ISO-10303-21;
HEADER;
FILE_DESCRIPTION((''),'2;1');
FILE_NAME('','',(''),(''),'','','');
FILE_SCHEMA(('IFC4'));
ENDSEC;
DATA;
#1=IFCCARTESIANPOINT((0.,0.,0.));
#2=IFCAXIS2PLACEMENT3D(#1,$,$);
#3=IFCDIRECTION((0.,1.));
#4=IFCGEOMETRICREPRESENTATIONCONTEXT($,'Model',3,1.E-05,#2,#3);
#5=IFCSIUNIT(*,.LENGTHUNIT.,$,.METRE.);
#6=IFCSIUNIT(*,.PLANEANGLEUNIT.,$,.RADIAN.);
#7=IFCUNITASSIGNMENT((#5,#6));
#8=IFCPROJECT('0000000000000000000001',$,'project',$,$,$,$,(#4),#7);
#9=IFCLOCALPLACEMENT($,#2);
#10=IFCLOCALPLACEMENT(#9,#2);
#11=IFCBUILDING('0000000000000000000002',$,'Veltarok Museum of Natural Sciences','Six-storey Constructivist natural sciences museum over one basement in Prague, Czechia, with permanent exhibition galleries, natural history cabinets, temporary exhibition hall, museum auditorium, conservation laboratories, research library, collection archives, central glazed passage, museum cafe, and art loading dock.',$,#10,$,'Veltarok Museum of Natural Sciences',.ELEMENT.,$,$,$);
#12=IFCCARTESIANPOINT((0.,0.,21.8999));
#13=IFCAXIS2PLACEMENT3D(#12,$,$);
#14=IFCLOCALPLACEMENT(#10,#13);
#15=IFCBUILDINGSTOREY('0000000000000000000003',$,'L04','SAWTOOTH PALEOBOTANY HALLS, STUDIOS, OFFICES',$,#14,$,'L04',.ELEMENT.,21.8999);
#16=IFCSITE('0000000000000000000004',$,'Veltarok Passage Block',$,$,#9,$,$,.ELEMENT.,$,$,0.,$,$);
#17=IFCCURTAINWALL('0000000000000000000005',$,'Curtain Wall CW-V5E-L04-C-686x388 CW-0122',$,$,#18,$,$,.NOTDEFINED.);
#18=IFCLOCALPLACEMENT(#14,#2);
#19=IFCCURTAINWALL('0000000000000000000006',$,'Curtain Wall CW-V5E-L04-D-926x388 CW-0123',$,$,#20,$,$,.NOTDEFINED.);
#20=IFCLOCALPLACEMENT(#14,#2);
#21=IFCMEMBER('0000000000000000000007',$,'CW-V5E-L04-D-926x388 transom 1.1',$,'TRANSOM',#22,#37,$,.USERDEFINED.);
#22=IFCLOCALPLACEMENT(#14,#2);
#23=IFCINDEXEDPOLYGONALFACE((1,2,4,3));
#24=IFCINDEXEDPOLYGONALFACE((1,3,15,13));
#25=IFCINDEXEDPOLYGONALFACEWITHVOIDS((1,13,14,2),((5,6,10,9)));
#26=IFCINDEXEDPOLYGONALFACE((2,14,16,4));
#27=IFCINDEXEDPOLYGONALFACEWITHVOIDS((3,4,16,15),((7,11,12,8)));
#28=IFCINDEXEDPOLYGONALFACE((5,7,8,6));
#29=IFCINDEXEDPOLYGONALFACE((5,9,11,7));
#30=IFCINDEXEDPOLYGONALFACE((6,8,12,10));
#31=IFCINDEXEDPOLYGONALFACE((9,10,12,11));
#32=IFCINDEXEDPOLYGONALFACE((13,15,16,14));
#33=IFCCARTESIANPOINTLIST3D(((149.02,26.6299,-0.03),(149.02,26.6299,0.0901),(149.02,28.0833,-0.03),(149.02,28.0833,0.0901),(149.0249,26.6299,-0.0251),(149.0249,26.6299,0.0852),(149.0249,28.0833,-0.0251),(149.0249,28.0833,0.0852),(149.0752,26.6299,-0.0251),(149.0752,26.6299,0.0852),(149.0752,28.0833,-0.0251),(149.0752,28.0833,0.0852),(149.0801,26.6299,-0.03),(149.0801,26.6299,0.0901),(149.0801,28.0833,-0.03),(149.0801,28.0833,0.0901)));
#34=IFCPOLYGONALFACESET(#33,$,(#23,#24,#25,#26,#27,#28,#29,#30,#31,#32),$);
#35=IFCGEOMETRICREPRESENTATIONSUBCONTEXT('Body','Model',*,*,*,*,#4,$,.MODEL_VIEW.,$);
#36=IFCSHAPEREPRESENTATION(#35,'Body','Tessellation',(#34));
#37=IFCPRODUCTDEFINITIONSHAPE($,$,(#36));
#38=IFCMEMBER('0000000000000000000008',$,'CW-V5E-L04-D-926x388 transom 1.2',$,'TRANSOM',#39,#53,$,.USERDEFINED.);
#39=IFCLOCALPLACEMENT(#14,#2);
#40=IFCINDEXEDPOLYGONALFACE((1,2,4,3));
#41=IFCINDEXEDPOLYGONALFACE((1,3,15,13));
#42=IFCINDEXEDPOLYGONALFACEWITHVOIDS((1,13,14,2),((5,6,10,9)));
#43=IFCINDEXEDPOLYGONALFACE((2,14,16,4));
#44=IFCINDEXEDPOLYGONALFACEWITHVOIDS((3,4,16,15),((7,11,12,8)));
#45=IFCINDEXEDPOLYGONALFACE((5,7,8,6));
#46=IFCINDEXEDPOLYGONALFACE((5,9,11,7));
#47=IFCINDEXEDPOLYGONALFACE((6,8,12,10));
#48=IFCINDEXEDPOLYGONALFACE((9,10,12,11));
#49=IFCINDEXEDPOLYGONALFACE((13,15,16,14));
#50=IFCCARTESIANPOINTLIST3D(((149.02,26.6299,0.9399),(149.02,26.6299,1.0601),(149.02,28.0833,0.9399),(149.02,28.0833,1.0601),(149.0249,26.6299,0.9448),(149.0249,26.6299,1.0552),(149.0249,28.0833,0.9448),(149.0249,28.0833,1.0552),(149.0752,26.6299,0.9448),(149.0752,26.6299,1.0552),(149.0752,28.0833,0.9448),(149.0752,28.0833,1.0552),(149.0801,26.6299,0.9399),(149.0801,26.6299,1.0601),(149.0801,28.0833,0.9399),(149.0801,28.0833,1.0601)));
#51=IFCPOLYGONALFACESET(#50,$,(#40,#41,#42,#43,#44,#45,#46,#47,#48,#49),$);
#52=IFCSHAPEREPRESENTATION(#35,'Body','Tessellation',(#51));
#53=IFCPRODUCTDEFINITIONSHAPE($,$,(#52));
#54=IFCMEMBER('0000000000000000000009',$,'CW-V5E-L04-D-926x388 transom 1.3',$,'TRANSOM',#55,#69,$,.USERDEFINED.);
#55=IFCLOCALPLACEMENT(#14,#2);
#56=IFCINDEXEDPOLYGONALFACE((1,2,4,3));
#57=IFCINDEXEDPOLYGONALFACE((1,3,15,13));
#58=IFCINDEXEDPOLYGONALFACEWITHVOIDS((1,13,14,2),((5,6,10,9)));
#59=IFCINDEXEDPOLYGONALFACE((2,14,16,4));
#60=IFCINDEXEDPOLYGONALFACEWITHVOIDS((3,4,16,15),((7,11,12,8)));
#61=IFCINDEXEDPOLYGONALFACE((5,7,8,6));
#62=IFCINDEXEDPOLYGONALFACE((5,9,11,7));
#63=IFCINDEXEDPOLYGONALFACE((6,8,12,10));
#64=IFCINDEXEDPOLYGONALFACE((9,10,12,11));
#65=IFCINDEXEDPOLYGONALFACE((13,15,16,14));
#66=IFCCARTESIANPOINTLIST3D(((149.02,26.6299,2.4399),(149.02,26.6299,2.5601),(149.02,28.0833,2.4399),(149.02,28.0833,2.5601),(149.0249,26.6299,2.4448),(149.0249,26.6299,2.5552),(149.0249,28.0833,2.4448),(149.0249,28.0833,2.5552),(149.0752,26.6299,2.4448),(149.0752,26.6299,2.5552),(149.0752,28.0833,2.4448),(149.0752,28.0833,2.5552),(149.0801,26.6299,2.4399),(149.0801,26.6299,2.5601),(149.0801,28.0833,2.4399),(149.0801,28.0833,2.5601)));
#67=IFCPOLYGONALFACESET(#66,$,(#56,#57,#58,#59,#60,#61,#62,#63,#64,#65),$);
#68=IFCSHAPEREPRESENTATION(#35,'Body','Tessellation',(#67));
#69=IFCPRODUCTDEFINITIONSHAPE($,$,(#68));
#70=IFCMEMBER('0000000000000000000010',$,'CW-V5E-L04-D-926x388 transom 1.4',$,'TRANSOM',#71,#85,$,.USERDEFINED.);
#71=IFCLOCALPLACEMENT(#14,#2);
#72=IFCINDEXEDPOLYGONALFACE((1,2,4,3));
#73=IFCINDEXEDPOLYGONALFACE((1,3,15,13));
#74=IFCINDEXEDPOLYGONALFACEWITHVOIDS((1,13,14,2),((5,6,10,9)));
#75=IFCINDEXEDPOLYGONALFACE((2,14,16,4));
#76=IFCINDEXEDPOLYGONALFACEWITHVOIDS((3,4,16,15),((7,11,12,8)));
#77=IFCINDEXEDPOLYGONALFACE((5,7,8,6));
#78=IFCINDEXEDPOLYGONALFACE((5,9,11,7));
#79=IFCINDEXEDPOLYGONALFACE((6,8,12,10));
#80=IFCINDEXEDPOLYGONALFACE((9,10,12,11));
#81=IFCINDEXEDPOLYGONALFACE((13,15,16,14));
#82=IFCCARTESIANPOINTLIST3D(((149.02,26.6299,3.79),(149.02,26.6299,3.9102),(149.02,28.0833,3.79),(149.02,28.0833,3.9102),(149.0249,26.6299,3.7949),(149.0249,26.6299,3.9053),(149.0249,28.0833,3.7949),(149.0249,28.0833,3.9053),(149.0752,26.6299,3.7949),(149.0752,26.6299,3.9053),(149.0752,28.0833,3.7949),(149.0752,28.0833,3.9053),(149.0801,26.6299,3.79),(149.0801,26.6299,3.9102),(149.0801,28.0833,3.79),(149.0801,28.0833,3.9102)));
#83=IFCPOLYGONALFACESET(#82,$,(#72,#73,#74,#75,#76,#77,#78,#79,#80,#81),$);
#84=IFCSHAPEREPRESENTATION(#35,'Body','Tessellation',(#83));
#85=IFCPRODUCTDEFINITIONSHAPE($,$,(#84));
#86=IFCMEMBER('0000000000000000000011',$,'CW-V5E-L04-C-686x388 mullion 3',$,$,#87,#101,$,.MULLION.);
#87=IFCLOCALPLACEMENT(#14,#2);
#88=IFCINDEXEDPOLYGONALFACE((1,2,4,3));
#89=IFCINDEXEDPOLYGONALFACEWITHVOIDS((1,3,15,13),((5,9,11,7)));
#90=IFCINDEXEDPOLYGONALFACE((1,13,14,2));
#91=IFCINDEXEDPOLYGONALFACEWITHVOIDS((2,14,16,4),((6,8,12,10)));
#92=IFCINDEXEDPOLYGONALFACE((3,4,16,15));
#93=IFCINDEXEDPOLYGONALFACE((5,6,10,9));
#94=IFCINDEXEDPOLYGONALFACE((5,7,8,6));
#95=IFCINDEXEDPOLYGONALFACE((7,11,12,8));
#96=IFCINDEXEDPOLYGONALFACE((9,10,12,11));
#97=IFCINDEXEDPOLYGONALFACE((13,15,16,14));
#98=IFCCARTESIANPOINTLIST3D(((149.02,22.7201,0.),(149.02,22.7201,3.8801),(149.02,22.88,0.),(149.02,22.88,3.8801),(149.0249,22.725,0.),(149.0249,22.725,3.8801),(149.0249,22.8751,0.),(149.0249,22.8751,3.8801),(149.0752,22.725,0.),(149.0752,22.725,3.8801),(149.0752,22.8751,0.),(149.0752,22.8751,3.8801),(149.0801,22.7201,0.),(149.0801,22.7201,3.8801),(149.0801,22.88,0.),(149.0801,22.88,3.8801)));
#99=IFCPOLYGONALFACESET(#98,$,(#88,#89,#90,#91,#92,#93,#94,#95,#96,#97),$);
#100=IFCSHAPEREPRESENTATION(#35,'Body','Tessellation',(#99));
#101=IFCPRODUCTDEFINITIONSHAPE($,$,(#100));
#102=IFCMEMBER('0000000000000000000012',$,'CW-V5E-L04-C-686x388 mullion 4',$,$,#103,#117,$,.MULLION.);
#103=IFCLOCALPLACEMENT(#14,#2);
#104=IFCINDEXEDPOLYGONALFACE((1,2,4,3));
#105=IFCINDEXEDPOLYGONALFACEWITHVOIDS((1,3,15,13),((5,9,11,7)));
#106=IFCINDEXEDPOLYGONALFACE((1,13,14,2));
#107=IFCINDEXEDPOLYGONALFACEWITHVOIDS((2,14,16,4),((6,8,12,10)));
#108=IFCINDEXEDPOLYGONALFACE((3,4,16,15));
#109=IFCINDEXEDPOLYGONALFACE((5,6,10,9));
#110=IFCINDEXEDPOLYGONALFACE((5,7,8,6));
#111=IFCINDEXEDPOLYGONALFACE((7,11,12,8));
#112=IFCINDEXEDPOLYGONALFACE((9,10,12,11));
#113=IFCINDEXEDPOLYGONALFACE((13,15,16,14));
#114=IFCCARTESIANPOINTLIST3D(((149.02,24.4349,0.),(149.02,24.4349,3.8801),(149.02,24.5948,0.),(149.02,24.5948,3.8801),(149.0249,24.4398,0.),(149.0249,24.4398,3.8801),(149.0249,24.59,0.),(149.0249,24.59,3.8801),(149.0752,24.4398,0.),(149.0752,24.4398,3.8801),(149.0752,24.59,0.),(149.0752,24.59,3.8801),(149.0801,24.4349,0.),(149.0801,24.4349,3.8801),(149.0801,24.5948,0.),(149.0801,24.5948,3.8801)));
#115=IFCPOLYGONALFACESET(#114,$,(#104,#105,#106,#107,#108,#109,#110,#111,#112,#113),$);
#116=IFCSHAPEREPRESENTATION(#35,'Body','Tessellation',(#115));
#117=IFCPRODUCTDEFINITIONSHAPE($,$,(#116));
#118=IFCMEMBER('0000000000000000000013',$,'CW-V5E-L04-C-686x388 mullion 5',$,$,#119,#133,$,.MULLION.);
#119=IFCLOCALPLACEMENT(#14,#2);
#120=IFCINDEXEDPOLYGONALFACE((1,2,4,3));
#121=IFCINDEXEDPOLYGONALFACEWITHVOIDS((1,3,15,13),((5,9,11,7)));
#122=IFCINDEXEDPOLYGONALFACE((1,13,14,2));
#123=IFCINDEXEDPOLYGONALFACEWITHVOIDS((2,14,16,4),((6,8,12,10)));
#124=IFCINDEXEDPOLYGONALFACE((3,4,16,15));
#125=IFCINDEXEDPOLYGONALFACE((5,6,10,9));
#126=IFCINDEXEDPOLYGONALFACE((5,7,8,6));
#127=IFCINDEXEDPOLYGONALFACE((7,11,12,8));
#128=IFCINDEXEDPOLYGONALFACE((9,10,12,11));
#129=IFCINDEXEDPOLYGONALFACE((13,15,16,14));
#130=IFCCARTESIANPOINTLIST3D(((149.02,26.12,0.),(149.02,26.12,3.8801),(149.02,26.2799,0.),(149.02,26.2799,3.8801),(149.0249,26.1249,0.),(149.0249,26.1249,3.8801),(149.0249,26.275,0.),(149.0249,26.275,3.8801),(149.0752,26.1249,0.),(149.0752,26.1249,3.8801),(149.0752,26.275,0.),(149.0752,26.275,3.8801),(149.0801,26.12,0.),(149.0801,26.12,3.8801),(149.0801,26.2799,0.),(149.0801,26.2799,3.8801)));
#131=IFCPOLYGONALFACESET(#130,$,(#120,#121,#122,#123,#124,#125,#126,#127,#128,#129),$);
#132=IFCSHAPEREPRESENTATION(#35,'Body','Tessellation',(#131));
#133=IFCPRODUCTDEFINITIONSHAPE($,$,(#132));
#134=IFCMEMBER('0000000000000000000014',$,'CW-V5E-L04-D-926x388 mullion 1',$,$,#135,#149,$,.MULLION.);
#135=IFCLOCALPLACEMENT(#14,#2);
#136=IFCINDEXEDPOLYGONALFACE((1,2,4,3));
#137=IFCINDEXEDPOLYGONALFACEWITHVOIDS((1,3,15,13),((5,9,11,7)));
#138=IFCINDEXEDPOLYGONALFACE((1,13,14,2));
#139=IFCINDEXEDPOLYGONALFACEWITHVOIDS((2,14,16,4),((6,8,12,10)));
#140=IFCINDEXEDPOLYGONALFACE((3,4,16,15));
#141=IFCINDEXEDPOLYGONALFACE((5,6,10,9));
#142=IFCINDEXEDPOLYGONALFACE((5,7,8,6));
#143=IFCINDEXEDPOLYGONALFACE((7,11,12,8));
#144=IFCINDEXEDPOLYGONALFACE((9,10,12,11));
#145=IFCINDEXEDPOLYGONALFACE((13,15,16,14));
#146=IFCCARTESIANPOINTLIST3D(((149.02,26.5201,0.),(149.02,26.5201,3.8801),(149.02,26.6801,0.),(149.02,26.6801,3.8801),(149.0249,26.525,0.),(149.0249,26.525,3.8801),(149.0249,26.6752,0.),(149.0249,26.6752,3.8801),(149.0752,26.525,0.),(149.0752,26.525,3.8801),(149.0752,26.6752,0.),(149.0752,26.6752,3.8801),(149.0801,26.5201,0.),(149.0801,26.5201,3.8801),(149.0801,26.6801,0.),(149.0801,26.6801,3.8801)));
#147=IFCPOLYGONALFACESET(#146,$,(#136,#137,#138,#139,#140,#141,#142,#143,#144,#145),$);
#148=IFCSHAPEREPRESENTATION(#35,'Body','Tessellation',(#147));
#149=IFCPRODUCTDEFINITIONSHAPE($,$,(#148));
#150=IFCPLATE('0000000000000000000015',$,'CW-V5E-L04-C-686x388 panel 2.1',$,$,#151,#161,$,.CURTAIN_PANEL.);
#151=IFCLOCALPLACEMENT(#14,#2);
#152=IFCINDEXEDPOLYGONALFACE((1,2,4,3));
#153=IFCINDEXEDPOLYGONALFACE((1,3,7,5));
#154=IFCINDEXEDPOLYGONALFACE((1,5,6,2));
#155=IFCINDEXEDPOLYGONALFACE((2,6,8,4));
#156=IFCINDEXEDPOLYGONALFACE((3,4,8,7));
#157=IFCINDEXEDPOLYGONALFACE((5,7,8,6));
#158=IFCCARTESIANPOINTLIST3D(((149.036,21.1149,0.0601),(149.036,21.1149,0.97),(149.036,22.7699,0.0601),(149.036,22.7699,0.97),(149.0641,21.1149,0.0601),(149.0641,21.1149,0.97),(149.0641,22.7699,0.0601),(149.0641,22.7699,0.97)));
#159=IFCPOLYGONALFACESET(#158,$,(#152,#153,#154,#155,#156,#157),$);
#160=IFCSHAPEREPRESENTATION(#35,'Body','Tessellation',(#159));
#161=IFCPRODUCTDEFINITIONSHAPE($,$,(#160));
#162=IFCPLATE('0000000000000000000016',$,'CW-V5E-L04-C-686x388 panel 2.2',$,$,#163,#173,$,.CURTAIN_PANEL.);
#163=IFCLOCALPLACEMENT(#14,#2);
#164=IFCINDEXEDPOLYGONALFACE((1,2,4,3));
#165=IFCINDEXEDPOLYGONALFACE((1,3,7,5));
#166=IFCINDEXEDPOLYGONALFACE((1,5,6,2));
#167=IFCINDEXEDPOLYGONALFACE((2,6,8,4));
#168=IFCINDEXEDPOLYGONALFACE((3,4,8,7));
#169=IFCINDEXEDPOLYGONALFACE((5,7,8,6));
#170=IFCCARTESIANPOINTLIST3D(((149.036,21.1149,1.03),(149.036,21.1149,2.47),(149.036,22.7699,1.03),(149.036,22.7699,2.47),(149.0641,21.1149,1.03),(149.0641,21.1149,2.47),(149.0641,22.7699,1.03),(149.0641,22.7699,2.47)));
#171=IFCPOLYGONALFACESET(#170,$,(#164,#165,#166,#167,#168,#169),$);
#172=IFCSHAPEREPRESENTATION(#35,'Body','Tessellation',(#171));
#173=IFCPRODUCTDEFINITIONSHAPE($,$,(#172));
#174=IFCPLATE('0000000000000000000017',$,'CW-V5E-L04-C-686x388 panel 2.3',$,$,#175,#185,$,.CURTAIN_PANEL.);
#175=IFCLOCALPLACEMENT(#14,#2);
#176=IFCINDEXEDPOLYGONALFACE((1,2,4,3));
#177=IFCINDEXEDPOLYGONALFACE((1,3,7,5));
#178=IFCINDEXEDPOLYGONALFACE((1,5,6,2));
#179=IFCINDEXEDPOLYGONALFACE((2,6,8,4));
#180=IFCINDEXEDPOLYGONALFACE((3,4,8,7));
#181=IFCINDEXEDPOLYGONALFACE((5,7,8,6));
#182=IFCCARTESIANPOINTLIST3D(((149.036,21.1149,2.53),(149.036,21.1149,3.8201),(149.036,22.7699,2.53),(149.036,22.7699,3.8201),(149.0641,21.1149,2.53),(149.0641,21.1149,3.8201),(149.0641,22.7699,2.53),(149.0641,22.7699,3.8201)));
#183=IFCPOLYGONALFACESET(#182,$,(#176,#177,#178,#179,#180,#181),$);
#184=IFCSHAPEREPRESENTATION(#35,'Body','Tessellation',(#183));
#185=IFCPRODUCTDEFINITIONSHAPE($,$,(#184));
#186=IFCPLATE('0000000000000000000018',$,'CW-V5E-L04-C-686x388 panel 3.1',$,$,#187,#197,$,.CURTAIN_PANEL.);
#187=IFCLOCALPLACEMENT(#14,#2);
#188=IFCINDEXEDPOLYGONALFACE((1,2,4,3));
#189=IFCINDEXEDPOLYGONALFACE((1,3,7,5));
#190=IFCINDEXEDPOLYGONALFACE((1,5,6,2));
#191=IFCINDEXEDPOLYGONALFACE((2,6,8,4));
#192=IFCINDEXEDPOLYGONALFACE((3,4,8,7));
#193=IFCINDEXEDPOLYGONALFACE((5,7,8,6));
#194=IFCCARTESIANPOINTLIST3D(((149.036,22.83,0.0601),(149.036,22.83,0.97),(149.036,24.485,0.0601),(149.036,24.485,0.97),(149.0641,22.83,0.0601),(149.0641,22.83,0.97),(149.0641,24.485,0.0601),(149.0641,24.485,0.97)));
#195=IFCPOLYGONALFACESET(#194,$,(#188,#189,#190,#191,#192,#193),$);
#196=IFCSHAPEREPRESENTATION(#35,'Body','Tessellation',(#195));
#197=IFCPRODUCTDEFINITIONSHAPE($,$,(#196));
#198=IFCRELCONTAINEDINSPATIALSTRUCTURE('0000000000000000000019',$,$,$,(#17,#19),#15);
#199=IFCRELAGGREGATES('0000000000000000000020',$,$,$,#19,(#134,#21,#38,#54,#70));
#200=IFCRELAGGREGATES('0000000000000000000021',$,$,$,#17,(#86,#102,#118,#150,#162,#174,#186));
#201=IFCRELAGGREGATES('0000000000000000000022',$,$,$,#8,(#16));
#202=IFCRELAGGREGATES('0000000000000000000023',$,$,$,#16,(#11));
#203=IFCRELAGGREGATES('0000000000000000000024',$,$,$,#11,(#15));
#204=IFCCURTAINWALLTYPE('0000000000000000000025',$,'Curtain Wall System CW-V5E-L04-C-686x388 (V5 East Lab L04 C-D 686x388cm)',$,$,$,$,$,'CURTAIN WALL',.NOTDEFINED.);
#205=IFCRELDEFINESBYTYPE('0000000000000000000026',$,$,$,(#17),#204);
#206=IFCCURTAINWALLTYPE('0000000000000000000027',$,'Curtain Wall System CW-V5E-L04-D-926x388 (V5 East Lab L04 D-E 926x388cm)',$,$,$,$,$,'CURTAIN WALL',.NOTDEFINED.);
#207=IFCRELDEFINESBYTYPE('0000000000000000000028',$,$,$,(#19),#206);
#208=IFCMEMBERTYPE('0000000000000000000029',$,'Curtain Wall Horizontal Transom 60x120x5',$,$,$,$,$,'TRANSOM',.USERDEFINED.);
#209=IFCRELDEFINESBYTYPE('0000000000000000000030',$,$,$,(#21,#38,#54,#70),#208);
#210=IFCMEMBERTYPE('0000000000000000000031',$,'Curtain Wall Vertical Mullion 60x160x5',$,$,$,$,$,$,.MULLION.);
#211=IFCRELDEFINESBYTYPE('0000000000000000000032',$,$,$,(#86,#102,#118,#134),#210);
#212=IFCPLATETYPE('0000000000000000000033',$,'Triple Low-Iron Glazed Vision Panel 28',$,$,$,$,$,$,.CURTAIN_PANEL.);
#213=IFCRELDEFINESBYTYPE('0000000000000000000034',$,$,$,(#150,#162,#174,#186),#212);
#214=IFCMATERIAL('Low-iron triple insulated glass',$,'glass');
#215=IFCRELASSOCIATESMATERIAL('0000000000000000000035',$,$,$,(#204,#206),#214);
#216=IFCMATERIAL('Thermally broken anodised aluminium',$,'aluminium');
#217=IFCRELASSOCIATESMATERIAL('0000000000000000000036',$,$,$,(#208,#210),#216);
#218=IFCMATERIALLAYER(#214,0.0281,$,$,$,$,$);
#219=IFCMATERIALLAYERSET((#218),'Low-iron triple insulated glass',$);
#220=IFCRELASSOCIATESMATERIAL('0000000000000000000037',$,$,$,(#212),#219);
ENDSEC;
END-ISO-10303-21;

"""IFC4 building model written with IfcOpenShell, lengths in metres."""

from ifc_helpers import new_model, si_unit, direction, frame, origin, origin_2d, place, context, subcontext, project, spatial, rectangle, hollow_rectangle, extrude, material, layer, layer_set, material_profile, profile_set, type_object, element, aggregate, save


model = new_model("IFC4")

# Units and contexts
model_context = context("Model", 3, precision=1e-05, world=origin(), true_north=direction((0.0, 1.0)))
body_context = subcontext(model_context, "Body", "Model", "MODEL_VIEW")
ifc_project = project(units=[si_unit("LENGTHUNIT", "METRE"), si_unit("PLANEANGLEUNIT", "RADIAN")], contexts=[model_context])

# Site, building, storey
site_placement = place(None, origin())
site = spatial("IfcSite", under=ifc_project, at=site_placement, Name="Veltarok Passage Block", CompositionType="ELEMENT", RefElevation=0.0)
building_placement = place(site_placement, origin())
building = spatial("IfcBuilding", under=site, at=building_placement, Name="Veltarok Museum of Natural Sciences", Description="Six-storey Constructivist natural sciences museum over one basement in Prague, Czechia, with permanent exhibition galleries, natural history cabinets, temporary exhibition hall, museum auditorium, conservation laboratories, research library, collection archives, central glazed passage, museum cafe, and art loading dock.", LongName="Veltarok Museum of Natural Sciences", CompositionType="ELEMENT")
storey_placement = place(building_placement, frame((0.0, 0.0, 21.8999)))
storey = spatial("IfcBuildingStorey", under=building, at=storey_placement, Name="L04", Description="SAWTOOTH PALEOBOTANY HALLS, STUDIOS, OFFICES", LongName="L04", CompositionType="ELEMENT", Elevation=21.8999)

# Curtain walls, members
ifc_material_1 = material(Name="Low-iron triple insulated glass", Category="glass")
curtain_wall_type_1 = type_object("IfcCurtainWallType", Name="Curtain Wall System CW-V5E-L04-C-686x388 (V5 East Lab L04 C-D 686x388cm)", ElementType="CURTAIN WALL", PredefinedType="NOTDEFINED", material=ifc_material_1)
curtain_wall_1_placement = place(storey_placement, origin())
curtain_wall_1 = element("IfcCurtainWall", 1, at=curtain_wall_1_placement, inside=storey, type_object=curtain_wall_type_1, Name="Curtain Wall CW-V5E-L04-C-686x388 CW-0122", PredefinedType="NOTDEFINED")
ifc_material_2 = material(Name="Thermally broken anodised aluminium", Category="aluminium")
ifc_material_profile_1 = material_profile(ifc_material_2, hollow_rectangle(XDim=0.0601, YDim=0.1201, WallThickness=0.0049, at=origin_2d()), Name="CW TRANSOM 60x120x5")
ifc_profile_set_1 = profile_set([ifc_material_profile_1], Name="Thermally broken anodised aluminium")
member_type_1 = type_object("IfcMemberType", Name="Curtain Wall Horizontal Transom 60x120x5", ElementType="TRANSOM", PredefinedType="USERDEFINED", material=ifc_profile_set_1)
curtain_wall_type_2 = type_object("IfcCurtainWallType", Name="Curtain Wall System CW-V5E-L04-D-926x388 (V5 East Lab L04 D-E 926x388cm)", ElementType="CURTAIN WALL", PredefinedType="NOTDEFINED", material=ifc_material_1)
curtain_wall_2_placement = place(storey_placement, origin())
curtain_wall_2 = element("IfcCurtainWall", 2, at=curtain_wall_2_placement, inside=storey, type_object=curtain_wall_type_2, Name="Curtain Wall CW-V5E-L04-D-926x388 CW-0123", PredefinedType="NOTDEFINED")
member_1_placement = place(storey_placement, frame((149.05, 26.6299, 0.03), z_axis=(0.0, 1.0, 0.0), x_axis=(-1.0, 0.0, 0.0)))
member_1 = element("IfcMember", 3, at=member_1_placement, type_object=member_type_1, Name="CW-V5E-L04-D-926x388 transom 1.1", ObjectType="TRANSOM", PredefinedType="USERDEFINED", context=body_context, shape_type="SweptSolid", body=[
    extrude(hollow_rectangle(XDim=0.0601, YDim=0.1201, WallThickness=0.0049, at=origin_2d()), origin(), (0.0, 0.0, 1.0), 1.4534),
])
member_2_placement = place(storey_placement, frame((149.05, 26.6299, 1.0), z_axis=(0.0, 1.0, 0.0), x_axis=(-1.0, 0.0, 0.0)))
member_2 = element("IfcMember", 4, at=member_2_placement, type_object=member_type_1, Name="CW-V5E-L04-D-926x388 transom 1.2", ObjectType="TRANSOM", PredefinedType="USERDEFINED", context=body_context, shape_type="SweptSolid", body=[
    extrude(hollow_rectangle(XDim=0.0601, YDim=0.1201, WallThickness=0.0049, at=origin_2d()), origin(), (0.0, 0.0, 1.0), 1.4534),
])
member_3_placement = place(storey_placement, frame((149.05, 26.6299, 2.5), z_axis=(0.0, 1.0, 0.0), x_axis=(-1.0, 0.0, 0.0)))
member_3 = element("IfcMember", 5, at=member_3_placement, type_object=member_type_1, Name="CW-V5E-L04-D-926x388 transom 1.3", ObjectType="TRANSOM", PredefinedType="USERDEFINED", context=body_context, shape_type="SweptSolid", body=[
    extrude(hollow_rectangle(XDim=0.0601, YDim=0.1201, WallThickness=0.0049, at=origin_2d()), origin(), (0.0, 0.0, 1.0), 1.4534),
])
member_4_placement = place(storey_placement, frame((149.05, 26.6299, 3.8501), z_axis=(0.0, 1.0, 0.0), x_axis=(-1.0, 0.0, 0.0)))
member_4 = element("IfcMember", 6, at=member_4_placement, type_object=member_type_1, Name="CW-V5E-L04-D-926x388 transom 1.4", ObjectType="TRANSOM", PredefinedType="USERDEFINED", context=body_context, shape_type="SweptSolid", body=[
    extrude(hollow_rectangle(XDim=0.0601, YDim=0.1201, WallThickness=0.0049, at=origin_2d()), origin(), (0.0, 0.0, 1.0), 1.4534),
])

# Members
ifc_material_profile_2 = material_profile(ifc_material_2, hollow_rectangle(XDim=0.0601, YDim=0.1599, WallThickness=0.0049, at=origin_2d()), Name="CW MULLION 60x160x5")
ifc_profile_set_2 = profile_set([ifc_material_profile_2], Name="Thermally broken anodised aluminium")
member_type_2 = type_object("IfcMemberType", Name="Curtain Wall Vertical Mullion 60x160x5", PredefinedType="MULLION", material=ifc_profile_set_2)
member_5_placement = place(storey_placement, frame((149.05, 22.8, 0.0), z_axis=(0.0, 0.0, 1.0), x_axis=(-1.0, 0.0, 0.0)))
member_5 = element("IfcMember", 7, at=member_5_placement, type_object=member_type_2, Name="CW-V5E-L04-C-686x388 mullion 3", PredefinedType="MULLION", context=body_context, shape_type="SweptSolid", body=[
    extrude(hollow_rectangle(XDim=0.0601, YDim=0.1599, WallThickness=0.0049, at=origin_2d()), origin(), (0.0, 0.0, 1.0), 3.8801),
])
member_6_placement = place(storey_placement, frame((149.05, 24.5149, 0.0), z_axis=(0.0, 0.0, 1.0), x_axis=(-1.0, 0.0, 0.0)))
member_6 = element("IfcMember", 8, at=member_6_placement, type_object=member_type_2, Name="CW-V5E-L04-C-686x388 mullion 4", PredefinedType="MULLION", context=body_context, shape_type="SweptSolid", body=[
    extrude(hollow_rectangle(XDim=0.0601, YDim=0.1599, WallThickness=0.0049, at=origin_2d()), origin(), (0.0, 0.0, 1.0), 3.8801),
])
member_7_placement = place(storey_placement, frame((149.05, 26.2, 0.0), z_axis=(0.0, 0.0, 1.0), x_axis=(-1.0, 0.0, 0.0)))
member_7 = element("IfcMember", 9, at=member_7_placement, type_object=member_type_2, Name="CW-V5E-L04-C-686x388 mullion 5", PredefinedType="MULLION", context=body_context, shape_type="SweptSolid", body=[
    extrude(hollow_rectangle(XDim=0.0601, YDim=0.1599, WallThickness=0.0049, at=origin_2d()), origin(), (0.0, 0.0, 1.0), 3.8801),
])
member_8_placement = place(storey_placement, frame((149.05, 26.6001, 0.0), z_axis=(0.0, 0.0, 1.0), x_axis=(-1.0, 0.0, 0.0)))
member_8 = element("IfcMember", 10, at=member_8_placement, type_object=member_type_2, Name="CW-V5E-L04-D-926x388 mullion 1", PredefinedType="MULLION", context=body_context, shape_type="SweptSolid", body=[
    extrude(hollow_rectangle(XDim=0.0601, YDim=0.1599, WallThickness=0.0049, at=origin_2d()), origin(), (0.0, 0.0, 1.0), 3.8801),
])
aggregate(curtain_wall_2, [member_8, member_1, member_2, member_3, member_4])

# Plates
ifc_layer = layer(ifc_material_1, 0.0281)
ifc_layer_set = layer_set([ifc_layer], Name="Low-iron triple insulated glass")
plate_type = type_object("IfcPlateType", Name="Triple Low-Iron Glazed Vision Panel 28", PredefinedType="CURTAIN_PANEL", material=ifc_layer_set)
plate_1_placement = place(storey_placement, frame((149.05, 21.9424, 0.0601), z_axis=(0.0, 0.0, 1.0), x_axis=(0.0, 1.0, 0.0)))
plate_1 = element("IfcPlate", 11, at=plate_1_placement, type_object=plate_type, Name="CW-V5E-L04-C-686x388 panel 2.1", PredefinedType="CURTAIN_PANEL", context=body_context, shape_type="SweptSolid", body=[
    extrude(rectangle(XDim=1.655, YDim=0.0281, at=origin_2d()), origin(), (0.0, 0.0, 1.0), 0.9099),
])
plate_2_placement = place(storey_placement, frame((149.05, 21.9424, 1.03), z_axis=(0.0, 0.0, 1.0), x_axis=(0.0, 1.0, 0.0)))
plate_2 = element("IfcPlate", 12, at=plate_2_placement, type_object=plate_type, Name="CW-V5E-L04-C-686x388 panel 2.2", PredefinedType="CURTAIN_PANEL", context=body_context, shape_type="SweptSolid", body=[
    extrude(rectangle(XDim=1.655, YDim=0.0281, at=origin_2d()), origin(), (0.0, 0.0, 1.0), 1.4399),
])
plate_3_placement = place(storey_placement, frame((149.05, 21.9424, 2.53), z_axis=(0.0, 0.0, 1.0), x_axis=(0.0, 1.0, 0.0)))
plate_3 = element("IfcPlate", 13, at=plate_3_placement, type_object=plate_type, Name="CW-V5E-L04-C-686x388 panel 2.3", PredefinedType="CURTAIN_PANEL", context=body_context, shape_type="SweptSolid", body=[
    extrude(rectangle(XDim=1.655, YDim=0.0281, at=origin_2d()), origin(), (0.0, 0.0, 1.0), 1.29),
])
plate_4_placement = place(storey_placement, frame((149.05, 23.6575, 0.0601), z_axis=(0.0, 0.0, 1.0), x_axis=(0.0, 1.0, 0.0)))
plate_4 = element("IfcPlate", 14, at=plate_4_placement, type_object=plate_type, Name="CW-V5E-L04-C-686x388 panel 3.1", PredefinedType="CURTAIN_PANEL", context=body_context, shape_type="SweptSolid", body=[
    extrude(rectangle(XDim=1.655, YDim=0.0281, at=origin_2d()), origin(), (0.0, 0.0, 1.0), 0.9099),
])
aggregate(curtain_wall_1, [member_5, member_6, member_7, plate_1, plate_2, plate_3, plate_4])

save(model, "model.ifc")
